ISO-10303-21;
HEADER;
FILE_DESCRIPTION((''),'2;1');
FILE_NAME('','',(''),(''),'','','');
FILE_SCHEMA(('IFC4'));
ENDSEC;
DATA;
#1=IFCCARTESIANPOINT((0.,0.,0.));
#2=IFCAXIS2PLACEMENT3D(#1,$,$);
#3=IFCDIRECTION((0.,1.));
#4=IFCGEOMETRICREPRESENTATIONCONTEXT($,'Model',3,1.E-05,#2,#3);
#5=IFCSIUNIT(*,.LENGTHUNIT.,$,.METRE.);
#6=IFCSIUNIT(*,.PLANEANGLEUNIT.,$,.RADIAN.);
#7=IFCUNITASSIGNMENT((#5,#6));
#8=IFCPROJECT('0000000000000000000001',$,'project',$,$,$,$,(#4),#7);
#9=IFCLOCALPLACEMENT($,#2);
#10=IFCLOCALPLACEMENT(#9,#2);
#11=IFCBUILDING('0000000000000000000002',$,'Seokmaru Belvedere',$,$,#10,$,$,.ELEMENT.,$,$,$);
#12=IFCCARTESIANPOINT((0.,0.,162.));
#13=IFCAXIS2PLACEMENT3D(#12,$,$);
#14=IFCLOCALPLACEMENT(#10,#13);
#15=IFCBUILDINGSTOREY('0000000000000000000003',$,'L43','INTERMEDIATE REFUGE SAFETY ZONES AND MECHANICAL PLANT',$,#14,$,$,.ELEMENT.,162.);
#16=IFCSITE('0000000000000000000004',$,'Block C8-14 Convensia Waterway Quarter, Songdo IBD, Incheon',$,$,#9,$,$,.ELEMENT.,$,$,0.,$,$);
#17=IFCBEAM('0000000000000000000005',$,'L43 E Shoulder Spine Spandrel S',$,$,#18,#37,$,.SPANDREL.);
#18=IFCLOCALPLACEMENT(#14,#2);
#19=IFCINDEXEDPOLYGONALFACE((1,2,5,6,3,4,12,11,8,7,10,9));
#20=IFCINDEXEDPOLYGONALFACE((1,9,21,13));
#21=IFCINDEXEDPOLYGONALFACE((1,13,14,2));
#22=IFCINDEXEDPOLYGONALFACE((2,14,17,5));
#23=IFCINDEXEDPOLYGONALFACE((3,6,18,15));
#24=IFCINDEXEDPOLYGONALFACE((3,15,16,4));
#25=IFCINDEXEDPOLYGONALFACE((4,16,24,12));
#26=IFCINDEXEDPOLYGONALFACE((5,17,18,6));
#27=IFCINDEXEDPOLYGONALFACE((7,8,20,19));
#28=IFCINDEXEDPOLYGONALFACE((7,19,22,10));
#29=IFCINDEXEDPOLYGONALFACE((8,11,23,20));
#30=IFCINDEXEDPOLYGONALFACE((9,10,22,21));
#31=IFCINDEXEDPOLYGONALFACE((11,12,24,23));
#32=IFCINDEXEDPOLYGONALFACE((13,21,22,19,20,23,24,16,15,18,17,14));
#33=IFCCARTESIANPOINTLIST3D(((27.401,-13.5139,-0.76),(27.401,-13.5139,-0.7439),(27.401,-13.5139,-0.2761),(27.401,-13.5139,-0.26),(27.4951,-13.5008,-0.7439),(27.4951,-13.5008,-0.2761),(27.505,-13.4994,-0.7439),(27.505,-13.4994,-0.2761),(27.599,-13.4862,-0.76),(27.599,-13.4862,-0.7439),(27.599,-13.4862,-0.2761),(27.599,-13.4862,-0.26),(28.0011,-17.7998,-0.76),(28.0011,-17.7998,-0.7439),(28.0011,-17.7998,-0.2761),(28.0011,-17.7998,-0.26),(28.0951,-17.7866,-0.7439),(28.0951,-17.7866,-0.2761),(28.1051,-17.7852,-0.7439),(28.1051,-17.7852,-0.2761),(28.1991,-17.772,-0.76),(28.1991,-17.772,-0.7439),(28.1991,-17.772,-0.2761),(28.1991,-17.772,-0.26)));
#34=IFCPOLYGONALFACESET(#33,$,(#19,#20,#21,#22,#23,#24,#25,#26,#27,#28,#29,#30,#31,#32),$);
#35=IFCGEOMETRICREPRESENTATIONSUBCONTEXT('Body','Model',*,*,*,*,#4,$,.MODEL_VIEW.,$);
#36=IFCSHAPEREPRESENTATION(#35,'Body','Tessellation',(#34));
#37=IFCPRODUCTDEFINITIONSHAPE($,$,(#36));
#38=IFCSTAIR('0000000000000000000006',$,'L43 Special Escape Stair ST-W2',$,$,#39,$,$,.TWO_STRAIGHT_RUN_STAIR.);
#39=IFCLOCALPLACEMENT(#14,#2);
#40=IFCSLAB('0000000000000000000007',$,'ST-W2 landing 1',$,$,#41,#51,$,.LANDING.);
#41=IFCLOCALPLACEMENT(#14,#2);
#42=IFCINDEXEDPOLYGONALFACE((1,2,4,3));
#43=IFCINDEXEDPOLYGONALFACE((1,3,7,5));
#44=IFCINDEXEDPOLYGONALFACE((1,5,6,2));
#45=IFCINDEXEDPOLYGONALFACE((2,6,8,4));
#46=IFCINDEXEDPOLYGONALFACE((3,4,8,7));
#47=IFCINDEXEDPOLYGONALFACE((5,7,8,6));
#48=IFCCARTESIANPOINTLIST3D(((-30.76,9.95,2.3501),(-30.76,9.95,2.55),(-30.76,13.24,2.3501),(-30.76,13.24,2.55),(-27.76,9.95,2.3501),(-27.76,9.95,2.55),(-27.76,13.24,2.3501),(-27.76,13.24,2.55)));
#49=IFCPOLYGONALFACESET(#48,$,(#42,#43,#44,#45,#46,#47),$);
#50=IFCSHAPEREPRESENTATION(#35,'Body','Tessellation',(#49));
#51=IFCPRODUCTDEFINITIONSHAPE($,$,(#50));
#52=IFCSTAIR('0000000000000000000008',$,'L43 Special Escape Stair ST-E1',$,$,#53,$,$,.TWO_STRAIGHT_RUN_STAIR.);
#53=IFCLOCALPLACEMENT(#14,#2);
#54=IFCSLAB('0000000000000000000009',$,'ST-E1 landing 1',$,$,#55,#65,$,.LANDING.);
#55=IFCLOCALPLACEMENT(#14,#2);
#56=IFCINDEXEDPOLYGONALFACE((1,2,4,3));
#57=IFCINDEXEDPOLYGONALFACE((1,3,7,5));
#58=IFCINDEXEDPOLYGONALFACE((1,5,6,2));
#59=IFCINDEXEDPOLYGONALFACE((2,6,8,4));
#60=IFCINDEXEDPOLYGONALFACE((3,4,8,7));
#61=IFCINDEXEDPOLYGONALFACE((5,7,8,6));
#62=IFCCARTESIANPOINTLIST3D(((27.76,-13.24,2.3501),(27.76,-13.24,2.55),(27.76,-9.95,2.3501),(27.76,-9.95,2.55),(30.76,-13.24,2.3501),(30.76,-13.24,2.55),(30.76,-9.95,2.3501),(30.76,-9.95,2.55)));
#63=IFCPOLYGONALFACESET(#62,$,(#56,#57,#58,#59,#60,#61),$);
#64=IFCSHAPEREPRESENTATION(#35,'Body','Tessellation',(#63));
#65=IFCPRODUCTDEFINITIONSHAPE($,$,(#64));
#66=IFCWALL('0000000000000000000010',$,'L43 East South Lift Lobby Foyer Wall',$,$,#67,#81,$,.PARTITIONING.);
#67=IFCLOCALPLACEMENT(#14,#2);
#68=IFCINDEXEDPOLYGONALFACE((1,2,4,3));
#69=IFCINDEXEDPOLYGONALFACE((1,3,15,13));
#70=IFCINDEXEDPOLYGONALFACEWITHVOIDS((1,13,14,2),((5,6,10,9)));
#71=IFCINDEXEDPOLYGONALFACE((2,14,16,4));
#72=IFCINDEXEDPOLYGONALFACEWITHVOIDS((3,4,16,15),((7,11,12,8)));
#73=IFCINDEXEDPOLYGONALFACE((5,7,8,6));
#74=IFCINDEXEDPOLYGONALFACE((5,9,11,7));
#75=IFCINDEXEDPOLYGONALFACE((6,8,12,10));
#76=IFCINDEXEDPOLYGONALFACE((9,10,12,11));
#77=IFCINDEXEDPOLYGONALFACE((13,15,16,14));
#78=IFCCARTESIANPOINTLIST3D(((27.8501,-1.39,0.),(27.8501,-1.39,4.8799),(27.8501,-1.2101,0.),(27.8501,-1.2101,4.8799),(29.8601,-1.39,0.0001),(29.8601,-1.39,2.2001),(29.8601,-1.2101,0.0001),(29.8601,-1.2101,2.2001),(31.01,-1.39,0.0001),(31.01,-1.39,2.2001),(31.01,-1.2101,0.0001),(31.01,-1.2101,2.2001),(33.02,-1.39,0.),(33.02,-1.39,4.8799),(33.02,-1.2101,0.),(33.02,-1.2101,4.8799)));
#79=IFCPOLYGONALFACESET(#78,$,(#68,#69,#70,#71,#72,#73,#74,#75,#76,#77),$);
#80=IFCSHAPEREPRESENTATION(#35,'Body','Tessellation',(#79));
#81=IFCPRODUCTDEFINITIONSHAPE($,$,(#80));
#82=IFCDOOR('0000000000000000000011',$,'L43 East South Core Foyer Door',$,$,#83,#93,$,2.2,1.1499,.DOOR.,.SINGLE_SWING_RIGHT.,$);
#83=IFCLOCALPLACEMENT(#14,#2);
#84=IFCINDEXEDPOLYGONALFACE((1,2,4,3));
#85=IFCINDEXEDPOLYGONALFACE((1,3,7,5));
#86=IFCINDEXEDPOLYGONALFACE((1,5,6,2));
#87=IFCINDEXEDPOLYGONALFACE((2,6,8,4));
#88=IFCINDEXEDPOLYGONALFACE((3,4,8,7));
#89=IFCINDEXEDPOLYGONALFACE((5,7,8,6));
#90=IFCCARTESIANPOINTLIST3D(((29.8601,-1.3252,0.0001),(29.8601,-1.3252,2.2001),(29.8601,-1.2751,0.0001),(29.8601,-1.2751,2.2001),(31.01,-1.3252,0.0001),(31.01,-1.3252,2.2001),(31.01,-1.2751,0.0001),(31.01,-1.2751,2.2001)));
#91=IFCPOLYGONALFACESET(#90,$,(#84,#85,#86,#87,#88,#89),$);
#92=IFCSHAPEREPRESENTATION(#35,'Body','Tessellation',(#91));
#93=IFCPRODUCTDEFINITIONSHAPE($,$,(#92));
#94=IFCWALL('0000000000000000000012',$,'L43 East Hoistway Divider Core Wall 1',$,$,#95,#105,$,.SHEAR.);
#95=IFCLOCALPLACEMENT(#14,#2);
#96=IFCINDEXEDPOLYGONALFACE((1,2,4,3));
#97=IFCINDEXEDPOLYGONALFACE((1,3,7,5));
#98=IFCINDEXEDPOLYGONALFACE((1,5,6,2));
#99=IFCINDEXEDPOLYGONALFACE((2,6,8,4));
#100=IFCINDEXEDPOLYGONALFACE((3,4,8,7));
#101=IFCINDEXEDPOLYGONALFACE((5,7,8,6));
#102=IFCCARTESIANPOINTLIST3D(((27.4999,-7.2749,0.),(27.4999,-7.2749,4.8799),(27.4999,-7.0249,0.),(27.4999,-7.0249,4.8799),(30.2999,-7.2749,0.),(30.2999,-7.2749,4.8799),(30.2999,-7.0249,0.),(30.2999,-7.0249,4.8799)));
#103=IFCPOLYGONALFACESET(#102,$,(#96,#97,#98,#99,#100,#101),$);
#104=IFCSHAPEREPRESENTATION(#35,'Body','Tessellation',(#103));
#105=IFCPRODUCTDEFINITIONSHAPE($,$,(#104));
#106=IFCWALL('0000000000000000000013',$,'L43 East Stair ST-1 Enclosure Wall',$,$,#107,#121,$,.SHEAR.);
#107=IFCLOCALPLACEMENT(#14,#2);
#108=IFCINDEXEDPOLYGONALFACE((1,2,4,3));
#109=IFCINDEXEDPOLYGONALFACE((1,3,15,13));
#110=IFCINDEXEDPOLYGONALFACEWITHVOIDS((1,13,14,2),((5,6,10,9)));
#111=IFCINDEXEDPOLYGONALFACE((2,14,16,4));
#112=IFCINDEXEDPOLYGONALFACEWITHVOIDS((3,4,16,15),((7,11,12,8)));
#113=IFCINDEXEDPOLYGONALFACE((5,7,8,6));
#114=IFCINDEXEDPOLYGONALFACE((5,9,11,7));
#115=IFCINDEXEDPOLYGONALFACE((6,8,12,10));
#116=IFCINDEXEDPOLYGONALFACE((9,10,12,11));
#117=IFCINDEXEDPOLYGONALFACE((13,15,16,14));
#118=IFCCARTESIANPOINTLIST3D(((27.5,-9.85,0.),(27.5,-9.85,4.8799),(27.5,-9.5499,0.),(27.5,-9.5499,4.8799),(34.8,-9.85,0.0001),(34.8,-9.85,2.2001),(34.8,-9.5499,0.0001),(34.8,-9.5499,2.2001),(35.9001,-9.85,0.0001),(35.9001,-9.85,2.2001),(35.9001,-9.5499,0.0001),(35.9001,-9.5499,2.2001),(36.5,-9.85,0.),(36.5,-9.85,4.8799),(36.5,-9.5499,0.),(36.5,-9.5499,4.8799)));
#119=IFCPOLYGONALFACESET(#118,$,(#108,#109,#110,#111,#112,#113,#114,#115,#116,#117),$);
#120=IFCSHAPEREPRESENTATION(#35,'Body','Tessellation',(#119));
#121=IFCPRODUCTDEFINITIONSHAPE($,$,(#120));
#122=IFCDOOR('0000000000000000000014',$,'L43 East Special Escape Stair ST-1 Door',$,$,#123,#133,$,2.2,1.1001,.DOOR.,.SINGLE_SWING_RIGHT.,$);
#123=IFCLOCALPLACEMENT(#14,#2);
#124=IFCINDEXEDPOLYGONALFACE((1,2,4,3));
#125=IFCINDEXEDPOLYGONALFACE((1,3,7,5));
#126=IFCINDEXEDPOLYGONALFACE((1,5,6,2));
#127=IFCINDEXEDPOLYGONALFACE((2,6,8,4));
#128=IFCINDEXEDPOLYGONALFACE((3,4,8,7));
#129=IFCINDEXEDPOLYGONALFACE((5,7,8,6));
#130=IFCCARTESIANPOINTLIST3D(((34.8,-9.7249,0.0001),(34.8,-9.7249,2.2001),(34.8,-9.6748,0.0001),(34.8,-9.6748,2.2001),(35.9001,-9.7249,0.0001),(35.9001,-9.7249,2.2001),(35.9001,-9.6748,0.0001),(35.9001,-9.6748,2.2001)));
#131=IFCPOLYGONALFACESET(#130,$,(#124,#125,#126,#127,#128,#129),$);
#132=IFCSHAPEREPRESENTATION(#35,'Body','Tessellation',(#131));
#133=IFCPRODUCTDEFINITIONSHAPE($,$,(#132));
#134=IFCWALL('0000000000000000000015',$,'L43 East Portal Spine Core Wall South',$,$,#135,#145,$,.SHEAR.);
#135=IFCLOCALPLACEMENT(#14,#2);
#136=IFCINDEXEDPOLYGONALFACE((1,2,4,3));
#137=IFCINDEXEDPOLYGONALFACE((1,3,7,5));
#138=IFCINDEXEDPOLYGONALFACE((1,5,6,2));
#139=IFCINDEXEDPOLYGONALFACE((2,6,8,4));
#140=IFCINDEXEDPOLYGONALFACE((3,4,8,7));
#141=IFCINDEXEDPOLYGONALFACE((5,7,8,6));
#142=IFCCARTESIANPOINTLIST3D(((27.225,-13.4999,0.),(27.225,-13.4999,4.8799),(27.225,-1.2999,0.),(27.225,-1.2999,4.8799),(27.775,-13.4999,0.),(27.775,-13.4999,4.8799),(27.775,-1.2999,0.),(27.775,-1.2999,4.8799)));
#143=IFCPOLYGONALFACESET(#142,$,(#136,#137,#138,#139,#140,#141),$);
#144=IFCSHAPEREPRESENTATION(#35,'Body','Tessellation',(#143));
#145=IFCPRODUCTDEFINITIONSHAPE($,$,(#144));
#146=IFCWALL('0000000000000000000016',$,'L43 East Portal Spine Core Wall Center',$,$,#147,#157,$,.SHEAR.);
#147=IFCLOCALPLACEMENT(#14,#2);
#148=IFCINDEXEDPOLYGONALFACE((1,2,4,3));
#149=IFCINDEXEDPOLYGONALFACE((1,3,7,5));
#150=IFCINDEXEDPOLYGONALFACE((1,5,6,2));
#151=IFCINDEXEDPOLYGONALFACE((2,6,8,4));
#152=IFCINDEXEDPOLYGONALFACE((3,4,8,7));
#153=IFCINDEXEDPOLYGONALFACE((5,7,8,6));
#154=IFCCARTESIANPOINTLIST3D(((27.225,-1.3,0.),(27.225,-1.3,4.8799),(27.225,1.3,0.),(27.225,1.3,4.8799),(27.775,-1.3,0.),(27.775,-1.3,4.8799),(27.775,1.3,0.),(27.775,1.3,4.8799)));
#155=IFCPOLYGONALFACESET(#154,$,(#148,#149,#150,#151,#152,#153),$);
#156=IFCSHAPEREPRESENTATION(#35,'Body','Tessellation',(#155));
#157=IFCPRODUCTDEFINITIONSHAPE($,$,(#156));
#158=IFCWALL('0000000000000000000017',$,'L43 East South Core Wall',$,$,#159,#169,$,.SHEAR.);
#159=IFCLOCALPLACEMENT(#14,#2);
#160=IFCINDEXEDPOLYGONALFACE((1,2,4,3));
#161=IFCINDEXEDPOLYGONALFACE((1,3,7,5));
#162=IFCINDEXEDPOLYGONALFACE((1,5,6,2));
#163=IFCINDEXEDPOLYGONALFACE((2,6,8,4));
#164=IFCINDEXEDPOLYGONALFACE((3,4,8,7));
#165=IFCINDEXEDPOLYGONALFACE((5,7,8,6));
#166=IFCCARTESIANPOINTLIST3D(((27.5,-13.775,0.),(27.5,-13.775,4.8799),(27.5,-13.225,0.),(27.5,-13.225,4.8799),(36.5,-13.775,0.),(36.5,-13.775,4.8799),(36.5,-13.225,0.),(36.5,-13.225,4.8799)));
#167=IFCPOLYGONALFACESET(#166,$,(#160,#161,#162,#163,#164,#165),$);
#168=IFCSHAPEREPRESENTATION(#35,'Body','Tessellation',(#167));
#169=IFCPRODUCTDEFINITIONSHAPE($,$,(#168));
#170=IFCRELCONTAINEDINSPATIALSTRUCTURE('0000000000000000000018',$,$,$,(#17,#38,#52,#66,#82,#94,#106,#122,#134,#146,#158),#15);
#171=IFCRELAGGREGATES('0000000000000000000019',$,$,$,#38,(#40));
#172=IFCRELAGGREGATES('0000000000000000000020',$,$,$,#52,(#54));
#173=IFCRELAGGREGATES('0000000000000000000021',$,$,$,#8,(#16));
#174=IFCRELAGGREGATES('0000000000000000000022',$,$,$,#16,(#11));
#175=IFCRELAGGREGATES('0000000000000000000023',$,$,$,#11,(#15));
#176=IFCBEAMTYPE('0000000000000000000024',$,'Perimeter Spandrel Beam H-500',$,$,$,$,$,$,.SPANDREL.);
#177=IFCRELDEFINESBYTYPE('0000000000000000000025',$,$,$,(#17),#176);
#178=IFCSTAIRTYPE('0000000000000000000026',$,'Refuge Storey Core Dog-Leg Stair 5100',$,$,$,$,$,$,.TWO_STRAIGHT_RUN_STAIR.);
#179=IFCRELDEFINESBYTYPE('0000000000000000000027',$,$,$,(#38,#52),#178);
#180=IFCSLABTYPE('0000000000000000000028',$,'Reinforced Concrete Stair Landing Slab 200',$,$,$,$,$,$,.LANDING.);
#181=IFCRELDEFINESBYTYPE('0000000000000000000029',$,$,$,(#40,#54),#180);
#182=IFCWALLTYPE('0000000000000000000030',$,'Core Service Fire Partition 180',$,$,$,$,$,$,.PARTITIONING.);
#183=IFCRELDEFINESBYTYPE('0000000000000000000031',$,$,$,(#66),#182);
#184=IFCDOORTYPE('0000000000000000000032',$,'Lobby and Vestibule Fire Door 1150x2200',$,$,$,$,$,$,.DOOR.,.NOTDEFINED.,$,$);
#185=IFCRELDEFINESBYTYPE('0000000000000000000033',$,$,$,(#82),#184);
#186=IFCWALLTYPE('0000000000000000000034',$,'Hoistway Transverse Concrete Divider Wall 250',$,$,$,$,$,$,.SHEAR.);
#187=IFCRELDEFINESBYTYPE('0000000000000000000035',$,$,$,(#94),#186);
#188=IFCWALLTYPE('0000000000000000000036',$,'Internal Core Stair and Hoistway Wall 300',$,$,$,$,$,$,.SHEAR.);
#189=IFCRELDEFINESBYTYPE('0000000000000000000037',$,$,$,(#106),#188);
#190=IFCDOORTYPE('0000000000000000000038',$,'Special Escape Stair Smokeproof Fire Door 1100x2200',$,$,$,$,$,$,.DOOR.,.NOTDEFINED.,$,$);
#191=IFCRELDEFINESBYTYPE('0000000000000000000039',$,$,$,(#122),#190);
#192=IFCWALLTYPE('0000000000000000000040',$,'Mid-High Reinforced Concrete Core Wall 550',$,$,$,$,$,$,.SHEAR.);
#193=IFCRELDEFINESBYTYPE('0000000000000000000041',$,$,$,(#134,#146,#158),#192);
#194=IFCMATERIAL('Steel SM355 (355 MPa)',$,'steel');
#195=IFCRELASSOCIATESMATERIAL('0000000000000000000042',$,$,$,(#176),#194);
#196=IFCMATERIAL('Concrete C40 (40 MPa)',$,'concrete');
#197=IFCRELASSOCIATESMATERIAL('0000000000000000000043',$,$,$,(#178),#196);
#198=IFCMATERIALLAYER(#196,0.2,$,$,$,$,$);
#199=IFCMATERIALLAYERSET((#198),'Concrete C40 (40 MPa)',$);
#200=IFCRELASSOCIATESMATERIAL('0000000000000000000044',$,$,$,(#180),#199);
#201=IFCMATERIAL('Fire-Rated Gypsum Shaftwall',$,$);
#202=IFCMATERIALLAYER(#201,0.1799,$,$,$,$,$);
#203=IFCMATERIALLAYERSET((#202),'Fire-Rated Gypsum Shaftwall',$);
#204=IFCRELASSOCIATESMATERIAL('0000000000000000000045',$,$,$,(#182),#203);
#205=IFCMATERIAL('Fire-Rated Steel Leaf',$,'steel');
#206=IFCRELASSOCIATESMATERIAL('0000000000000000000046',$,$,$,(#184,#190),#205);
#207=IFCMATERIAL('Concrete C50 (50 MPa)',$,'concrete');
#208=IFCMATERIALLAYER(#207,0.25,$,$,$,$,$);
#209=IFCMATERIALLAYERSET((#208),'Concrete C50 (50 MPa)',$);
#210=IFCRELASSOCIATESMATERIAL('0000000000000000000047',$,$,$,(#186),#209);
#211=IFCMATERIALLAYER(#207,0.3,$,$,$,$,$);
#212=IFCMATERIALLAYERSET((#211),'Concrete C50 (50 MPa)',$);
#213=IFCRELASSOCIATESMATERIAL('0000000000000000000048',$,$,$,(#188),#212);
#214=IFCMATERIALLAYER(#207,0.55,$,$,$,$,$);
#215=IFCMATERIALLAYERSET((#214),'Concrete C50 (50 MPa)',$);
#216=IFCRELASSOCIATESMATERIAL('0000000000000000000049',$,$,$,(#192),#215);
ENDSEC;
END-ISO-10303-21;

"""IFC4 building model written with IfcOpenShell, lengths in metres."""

from ifc_helpers import new_model, si_unit, direction, frame, frame_2d, origin, origin_2d, place, context, subcontext, project, spatial, polyline, rectangle, i_section, outline, extrude, source, transform, mapped, material, layer, layer_set, material_profile, profile_set, type_object, type_shapes, element, fill, aggregate, save


model = new_model("IFC4")

# Units and contexts
model_context = context("Model", 3, precision=1e-05, world=origin(), true_north=direction((0.0, 1.0)))
body_context = subcontext(model_context, "Body", "Model", "MODEL_VIEW")
ifc_project = project(units=[si_unit("LENGTHUNIT", "METRE"), si_unit("PLANEANGLEUNIT", "RADIAN")], contexts=[model_context])

# Site, building, storey
site_placement = place(None, origin())
site = spatial("IfcSite", under=ifc_project, at=site_placement, Name="Block C8-14 Convensia Waterway Quarter, Songdo IBD, Incheon", CompositionType="ELEMENT", RefElevation=0.0)
building_placement = place(site_placement, origin())
building = spatial("IfcBuilding", under=site, at=building_placement, Name="Seokmaru Belvedere", CompositionType="ELEMENT")
storey_placement = place(building_placement, frame((0.0, 0.0, 162.0)))
storey = spatial("IfcBuildingStorey", under=building, at=storey_placement, Name="L43", Description="INTERMEDIATE REFUGE SAFETY ZONES AND MECHANICAL PLANT", CompositionType="ELEMENT", Elevation=162.0)

# Shared definitions
ifc_material_1 = material(Name="Steel SM355 (355 MPa)", Category="steel")

# Beam
ifc_material_profile_1 = material_profile(ifc_material_1, i_section(OverallWidth=0.2, OverallDepth=0.5, WebThickness=0.01, FlangeThickness=0.0161, at=origin_2d()), Name="H-500x200x10x16")
ifc_profile_set_1 = profile_set([ifc_material_profile_1], Name="Steel SM355 (355 MPa)")
beam_type_1 = type_object("IfcBeamType", Name="Perimeter Spandrel Beam H-500", PredefinedType="SPANDREL", material=ifc_profile_set_1)
shared_shape_1 = source(origin(), body_context, "Body", "SweptSolid", [
    extrude(i_section(OverallWidth=0.2, OverallDepth=0.5, WebThickness=0.01, FlangeThickness=0.0161, at=origin_2d()), origin(), (0.0, 0.0, 1.0), 4.3276),
])
beam_1_placement = place(storey_placement, frame((28.1001, -17.7859, -0.51), z_axis=(-0.138664, 0.990339, 0.0), x_axis=(-0.990339, -0.138664, 0.0)))
element("IfcBeam", 1, at=beam_1_placement, inside=storey, type_object=beam_type_1, Name="L43 E Shoulder Spine Spandrel S", PredefinedType="SPANDREL", context=body_context, shape_type="MappedRepresentation", body=[
    mapped(shared_shape_1, transform((0.0, 0.0, 0.0), scale=1.0)),
])

# Stairs, slabs
ifc_material_2 = material(Name="Concrete C40 (40 MPa)", Category="concrete")
stair_type = type_object("IfcStairType", Name="Refuge Storey Core Dog-Leg Stair 5100", PredefinedType="TWO_STRAIGHT_RUN_STAIR", material=ifc_material_2)
stair_1_placement = place(storey_placement, origin())
stair_1 = element("IfcStair", 2, at=stair_1_placement, inside=storey, type_object=stair_type, Name="L43 Special Escape Stair ST-W2", PredefinedType="TWO_STRAIGHT_RUN_STAIR")
ifc_layer_1 = layer(ifc_material_2, 0.2)
ifc_layer_set_1 = layer_set([ifc_layer_1], Name="Concrete C40 (40 MPa)")
slab_type = type_object("IfcSlabType", Name="Reinforced Concrete Stair Landing Slab 200", PredefinedType="LANDING", material=ifc_layer_set_1)
slab_1_placement = place(storey_placement, frame((0.0, 0.0, 2.3501)))
slab_1 = element("IfcSlab", 3, at=slab_1_placement, type_object=slab_type, Name="ST-W2 landing 1", PredefinedType="LANDING", context=body_context, shape_type="SweptSolid", body=[
    extrude(outline(polyline([(-30.76, 9.95), (-27.76, 9.95), (-27.76, 13.24), (-30.76, 13.24), (-30.76, 9.95)])), origin(), (0.0, 0.0, 1.0), 0.2),
])
aggregate(stair_1, [slab_1])
stair_2_placement = place(storey_placement, origin())
stair_2 = element("IfcStair", 4, at=stair_2_placement, inside=storey, type_object=stair_type, Name="L43 Special Escape Stair ST-E1", PredefinedType="TWO_STRAIGHT_RUN_STAIR")
slab_2_placement = place(storey_placement, frame((0.0, 0.0, 2.3501)))
slab_2 = element("IfcSlab", 5, at=slab_2_placement, type_object=slab_type, Name="ST-E1 landing 1", PredefinedType="LANDING", context=body_context, shape_type="SweptSolid", body=[
    extrude(outline(polyline([(27.76, -13.24), (30.76, -13.24), (30.76, -9.95), (27.76, -9.95), (27.76, -13.24)])), origin(), (0.0, 0.0, 1.0), 0.2),
])
aggregate(stair_2, [slab_2])

# Wall, opening, door
ifc_material_3 = material(Name="Fire-Rated Gypsum Shaftwall")
ifc_layer_2 = layer(ifc_material_3, 0.1799)
ifc_layer_set_2 = layer_set([ifc_layer_2], Name="Fire-Rated Gypsum Shaftwall")
wall_type_1 = type_object("IfcWallType", Name="Core Service Fire Partition 180", PredefinedType="PARTITIONING", material=ifc_layer_set_2)
wall_1_placement = place(storey_placement, frame((27.8501, -1.3, 0.0), z_axis=(0.0, 0.0, 1.0), x_axis=(1.0, 0.0, 0.0)))
wall_1 = element("IfcWall", 6, at=wall_1_placement, inside=storey, type_object=wall_type_1, Name="L43 East South Lift Lobby Foyer Wall", PredefinedType="PARTITIONING", context=body_context, shape_type="SweptSolid", body=[
    extrude(rectangle(XDim=5.1699, YDim=0.1799, at=frame_2d((2.585, 0.0))), origin(), (0.0, 0.0, 1.0), 4.8799),
])
opening_1_placement = place(wall_1_placement, frame((2.01, 0.0, 0.0)))
opening_1 = element("IfcOpeningElement", 7, at=opening_1_placement, cuts=wall_1, PredefinedType="OPENING", context=body_context, shape_type="SweptSolid", body=[
    extrude(rectangle(XDim=1.1499, YDim=2.2, at=frame_2d((0.575, 1.1001))), frame((0.0, 0.1001, 0.0), z_axis=(0.0, -1.0, 0.0), x_axis=(1.0, 0.0, 0.0)), (0.0, 0.0, 1.0), 0.2),
])
ifc_material_4 = material(Name="Fire-Rated Steel Leaf", Category="steel")
door_type_1 = type_object("IfcDoorType", Name="Lobby and Vestibule Fire Door 1150x2200", OperationType="NOTDEFINED", PredefinedType="DOOR", material=ifc_material_4)
shared_shape_2 = source(origin(), body_context, "Body", "SweptSolid", [
    extrude(rectangle(XDim=1.1499, YDim=2.2, at=frame_2d((0.575, 1.1001))), frame((0.0, 0.0249, 0.0), z_axis=(0.0, -1.0, 0.0), x_axis=(1.0, 0.0, 0.0)), (0.0, 0.0, 1.0), 0.05),
])
type_shapes(door_type_1, [shared_shape_2])
door_1_placement = place(opening_1_placement, origin())
door_1 = element("IfcDoor", 8, at=door_1_placement, inside=storey, type_object=door_type_1, Name="L43 East South Core Foyer Door", OperationType="SINGLE_SWING_RIGHT", OverallHeight=2.2, OverallWidth=1.1499, PredefinedType="DOOR", context=body_context, shape_type="MappedRepresentation", body=[
    mapped(shared_shape_2, transform((0.0, 0.0, 0.0), scale=1.0)),
])
fill(opening_1, door_1)

# Wall
ifc_material_5 = material(Name="Concrete C50 (50 MPa)", Category="concrete")
ifc_layer_3 = layer(ifc_material_5, 0.25)
ifc_layer_set_3 = layer_set([ifc_layer_3], Name="Concrete C50 (50 MPa)")
wall_type_2 = type_object("IfcWallType", Name="Hoistway Transverse Concrete Divider Wall 250", PredefinedType="SHEAR", material=ifc_layer_set_3)
wall_2_placement = place(storey_placement, frame((27.5, -7.1499, 0.0), z_axis=(0.0, 0.0, 1.0), x_axis=(1.0, 0.0, 0.0)))
element("IfcWall", 9, at=wall_2_placement, inside=storey, type_object=wall_type_2, Name="L43 East Hoistway Divider Core Wall 1", PredefinedType="SHEAR", context=body_context, shape_type="SweptSolid", body=[
    extrude(rectangle(XDim=2.8, YDim=0.25, at=frame_2d((1.3999, 0.0))), origin(), (0.0, 0.0, 1.0), 4.8799),
])

# Wall, opening, door
ifc_layer_4 = layer(ifc_material_5, 0.3)
ifc_layer_set_4 = layer_set([ifc_layer_4], Name="Concrete C50 (50 MPa)")
wall_type_3 = type_object("IfcWallType", Name="Internal Core Stair and Hoistway Wall 300", PredefinedType="SHEAR", material=ifc_layer_set_4)
wall_3_placement = place(storey_placement, frame((27.5, -9.7, 0.0), z_axis=(0.0, 0.0, 1.0), x_axis=(1.0, 0.0, 0.0)))
wall_3 = element("IfcWall", 10, at=wall_3_placement, inside=storey, type_object=wall_type_3, Name="L43 East Stair ST-1 Enclosure Wall", PredefinedType="SHEAR", context=body_context, shape_type="SweptSolid", body=[
    extrude(rectangle(XDim=9.0, YDim=0.3, at=frame_2d((4.5, 0.0))), origin(), (0.0, 0.0, 1.0), 4.8799),
])
opening_2_placement = place(wall_3_placement, frame((7.3, 0.0, 0.0)))
opening_2 = element("IfcOpeningElement", 11, at=opening_2_placement, cuts=wall_3, PredefinedType="OPENING", context=body_context, shape_type="SweptSolid", body=[
    extrude(rectangle(XDim=1.1001, YDim=2.2, at=frame_2d((0.55, 1.1001))), frame((0.0, 0.1602, 0.0), z_axis=(0.0, -1.0, 0.0), x_axis=(1.0, 0.0, 0.0)), (0.0, 0.0, 1.0), 0.3201),
])
door_type_2 = type_object("IfcDoorType", Name="Special Escape Stair Smokeproof Fire Door 1100x2200", OperationType="NOTDEFINED", PredefinedType="DOOR", material=ifc_material_4)
shared_shape_3 = source(origin(), body_context, "Body", "SweptSolid", [
    extrude(rectangle(XDim=1.1001, YDim=2.2, at=frame_2d((0.55, 1.1001))), frame((0.0, 0.0249, 0.0), z_axis=(0.0, -1.0, 0.0), x_axis=(1.0, 0.0, 0.0)), (0.0, 0.0, 1.0), 0.05),
])
type_shapes(door_type_2, [shared_shape_3])
door_2_placement = place(opening_2_placement, frame((1.1001, 0.0, 0.0), z_axis=(0.0, 0.0, 1.0), x_axis=(-1.0, 0.0, 0.0)))
door_2 = element("IfcDoor", 12, at=door_2_placement, inside=storey, type_object=door_type_2, Name="L43 East Special Escape Stair ST-1 Door", OperationType="SINGLE_SWING_RIGHT", OverallHeight=2.2, OverallWidth=1.1001, PredefinedType="DOOR", context=body_context, shape_type="MappedRepresentation", body=[
    mapped(shared_shape_3, transform((0.0, 0.0, 0.0), scale=1.0)),
])
fill(opening_2, door_2)

# Walls
ifc_layer_5 = layer(ifc_material_5, 0.55)
ifc_layer_set_5 = layer_set([ifc_layer_5], Name="Concrete C50 (50 MPa)")
wall_type_4 = type_object("IfcWallType", Name="Mid-High Reinforced Concrete Core Wall 550", PredefinedType="SHEAR", material=ifc_layer_set_5)
wall_4_placement = place(storey_placement, frame((27.5, -13.5, 0.0), z_axis=(0.0, 0.0, 1.0), x_axis=(0.0, 1.0, 0.0)))
element("IfcWall", 13, at=wall_4_placement, inside=storey, type_object=wall_type_4, Name="L43 East Portal Spine Core Wall South", PredefinedType="SHEAR", context=body_context, shape_type="SweptSolid", body=[
    extrude(rectangle(XDim=12.2, YDim=0.55, at=frame_2d((6.1001, 0.0))), origin(), (0.0, 0.0, 1.0), 4.8799),
])
wall_5_placement = place(storey_placement, frame((27.5, -1.3, 0.0), z_axis=(0.0, 0.0, 1.0), x_axis=(0.0, 1.0, 0.0)))
element("IfcWall", 14, at=wall_5_placement, inside=storey, type_object=wall_type_4, Name="L43 East Portal Spine Core Wall Center", PredefinedType="SHEAR", context=body_context, shape_type="SweptSolid", body=[
    extrude(rectangle(XDim=2.6001, YDim=0.55, at=frame_2d((1.3, 0.0))), origin(), (0.0, 0.0, 1.0), 4.8799),
])
wall_6_placement = place(storey_placement, frame((27.5, -13.5, 0.0), z_axis=(0.0, 0.0, 1.0), x_axis=(1.0, 0.0, 0.0)))
element("IfcWall", 15, at=wall_6_placement, inside=storey, type_object=wall_type_4, Name="L43 East South Core Wall", PredefinedType="SHEAR", context=body_context, shape_type="SweptSolid", body=[
    extrude(rectangle(XDim=9.0, YDim=0.55, at=frame_2d((4.5, 0.0))), origin(), (0.0, 0.0, 1.0), 4.8799),
])

save(model, "model.ifc")
